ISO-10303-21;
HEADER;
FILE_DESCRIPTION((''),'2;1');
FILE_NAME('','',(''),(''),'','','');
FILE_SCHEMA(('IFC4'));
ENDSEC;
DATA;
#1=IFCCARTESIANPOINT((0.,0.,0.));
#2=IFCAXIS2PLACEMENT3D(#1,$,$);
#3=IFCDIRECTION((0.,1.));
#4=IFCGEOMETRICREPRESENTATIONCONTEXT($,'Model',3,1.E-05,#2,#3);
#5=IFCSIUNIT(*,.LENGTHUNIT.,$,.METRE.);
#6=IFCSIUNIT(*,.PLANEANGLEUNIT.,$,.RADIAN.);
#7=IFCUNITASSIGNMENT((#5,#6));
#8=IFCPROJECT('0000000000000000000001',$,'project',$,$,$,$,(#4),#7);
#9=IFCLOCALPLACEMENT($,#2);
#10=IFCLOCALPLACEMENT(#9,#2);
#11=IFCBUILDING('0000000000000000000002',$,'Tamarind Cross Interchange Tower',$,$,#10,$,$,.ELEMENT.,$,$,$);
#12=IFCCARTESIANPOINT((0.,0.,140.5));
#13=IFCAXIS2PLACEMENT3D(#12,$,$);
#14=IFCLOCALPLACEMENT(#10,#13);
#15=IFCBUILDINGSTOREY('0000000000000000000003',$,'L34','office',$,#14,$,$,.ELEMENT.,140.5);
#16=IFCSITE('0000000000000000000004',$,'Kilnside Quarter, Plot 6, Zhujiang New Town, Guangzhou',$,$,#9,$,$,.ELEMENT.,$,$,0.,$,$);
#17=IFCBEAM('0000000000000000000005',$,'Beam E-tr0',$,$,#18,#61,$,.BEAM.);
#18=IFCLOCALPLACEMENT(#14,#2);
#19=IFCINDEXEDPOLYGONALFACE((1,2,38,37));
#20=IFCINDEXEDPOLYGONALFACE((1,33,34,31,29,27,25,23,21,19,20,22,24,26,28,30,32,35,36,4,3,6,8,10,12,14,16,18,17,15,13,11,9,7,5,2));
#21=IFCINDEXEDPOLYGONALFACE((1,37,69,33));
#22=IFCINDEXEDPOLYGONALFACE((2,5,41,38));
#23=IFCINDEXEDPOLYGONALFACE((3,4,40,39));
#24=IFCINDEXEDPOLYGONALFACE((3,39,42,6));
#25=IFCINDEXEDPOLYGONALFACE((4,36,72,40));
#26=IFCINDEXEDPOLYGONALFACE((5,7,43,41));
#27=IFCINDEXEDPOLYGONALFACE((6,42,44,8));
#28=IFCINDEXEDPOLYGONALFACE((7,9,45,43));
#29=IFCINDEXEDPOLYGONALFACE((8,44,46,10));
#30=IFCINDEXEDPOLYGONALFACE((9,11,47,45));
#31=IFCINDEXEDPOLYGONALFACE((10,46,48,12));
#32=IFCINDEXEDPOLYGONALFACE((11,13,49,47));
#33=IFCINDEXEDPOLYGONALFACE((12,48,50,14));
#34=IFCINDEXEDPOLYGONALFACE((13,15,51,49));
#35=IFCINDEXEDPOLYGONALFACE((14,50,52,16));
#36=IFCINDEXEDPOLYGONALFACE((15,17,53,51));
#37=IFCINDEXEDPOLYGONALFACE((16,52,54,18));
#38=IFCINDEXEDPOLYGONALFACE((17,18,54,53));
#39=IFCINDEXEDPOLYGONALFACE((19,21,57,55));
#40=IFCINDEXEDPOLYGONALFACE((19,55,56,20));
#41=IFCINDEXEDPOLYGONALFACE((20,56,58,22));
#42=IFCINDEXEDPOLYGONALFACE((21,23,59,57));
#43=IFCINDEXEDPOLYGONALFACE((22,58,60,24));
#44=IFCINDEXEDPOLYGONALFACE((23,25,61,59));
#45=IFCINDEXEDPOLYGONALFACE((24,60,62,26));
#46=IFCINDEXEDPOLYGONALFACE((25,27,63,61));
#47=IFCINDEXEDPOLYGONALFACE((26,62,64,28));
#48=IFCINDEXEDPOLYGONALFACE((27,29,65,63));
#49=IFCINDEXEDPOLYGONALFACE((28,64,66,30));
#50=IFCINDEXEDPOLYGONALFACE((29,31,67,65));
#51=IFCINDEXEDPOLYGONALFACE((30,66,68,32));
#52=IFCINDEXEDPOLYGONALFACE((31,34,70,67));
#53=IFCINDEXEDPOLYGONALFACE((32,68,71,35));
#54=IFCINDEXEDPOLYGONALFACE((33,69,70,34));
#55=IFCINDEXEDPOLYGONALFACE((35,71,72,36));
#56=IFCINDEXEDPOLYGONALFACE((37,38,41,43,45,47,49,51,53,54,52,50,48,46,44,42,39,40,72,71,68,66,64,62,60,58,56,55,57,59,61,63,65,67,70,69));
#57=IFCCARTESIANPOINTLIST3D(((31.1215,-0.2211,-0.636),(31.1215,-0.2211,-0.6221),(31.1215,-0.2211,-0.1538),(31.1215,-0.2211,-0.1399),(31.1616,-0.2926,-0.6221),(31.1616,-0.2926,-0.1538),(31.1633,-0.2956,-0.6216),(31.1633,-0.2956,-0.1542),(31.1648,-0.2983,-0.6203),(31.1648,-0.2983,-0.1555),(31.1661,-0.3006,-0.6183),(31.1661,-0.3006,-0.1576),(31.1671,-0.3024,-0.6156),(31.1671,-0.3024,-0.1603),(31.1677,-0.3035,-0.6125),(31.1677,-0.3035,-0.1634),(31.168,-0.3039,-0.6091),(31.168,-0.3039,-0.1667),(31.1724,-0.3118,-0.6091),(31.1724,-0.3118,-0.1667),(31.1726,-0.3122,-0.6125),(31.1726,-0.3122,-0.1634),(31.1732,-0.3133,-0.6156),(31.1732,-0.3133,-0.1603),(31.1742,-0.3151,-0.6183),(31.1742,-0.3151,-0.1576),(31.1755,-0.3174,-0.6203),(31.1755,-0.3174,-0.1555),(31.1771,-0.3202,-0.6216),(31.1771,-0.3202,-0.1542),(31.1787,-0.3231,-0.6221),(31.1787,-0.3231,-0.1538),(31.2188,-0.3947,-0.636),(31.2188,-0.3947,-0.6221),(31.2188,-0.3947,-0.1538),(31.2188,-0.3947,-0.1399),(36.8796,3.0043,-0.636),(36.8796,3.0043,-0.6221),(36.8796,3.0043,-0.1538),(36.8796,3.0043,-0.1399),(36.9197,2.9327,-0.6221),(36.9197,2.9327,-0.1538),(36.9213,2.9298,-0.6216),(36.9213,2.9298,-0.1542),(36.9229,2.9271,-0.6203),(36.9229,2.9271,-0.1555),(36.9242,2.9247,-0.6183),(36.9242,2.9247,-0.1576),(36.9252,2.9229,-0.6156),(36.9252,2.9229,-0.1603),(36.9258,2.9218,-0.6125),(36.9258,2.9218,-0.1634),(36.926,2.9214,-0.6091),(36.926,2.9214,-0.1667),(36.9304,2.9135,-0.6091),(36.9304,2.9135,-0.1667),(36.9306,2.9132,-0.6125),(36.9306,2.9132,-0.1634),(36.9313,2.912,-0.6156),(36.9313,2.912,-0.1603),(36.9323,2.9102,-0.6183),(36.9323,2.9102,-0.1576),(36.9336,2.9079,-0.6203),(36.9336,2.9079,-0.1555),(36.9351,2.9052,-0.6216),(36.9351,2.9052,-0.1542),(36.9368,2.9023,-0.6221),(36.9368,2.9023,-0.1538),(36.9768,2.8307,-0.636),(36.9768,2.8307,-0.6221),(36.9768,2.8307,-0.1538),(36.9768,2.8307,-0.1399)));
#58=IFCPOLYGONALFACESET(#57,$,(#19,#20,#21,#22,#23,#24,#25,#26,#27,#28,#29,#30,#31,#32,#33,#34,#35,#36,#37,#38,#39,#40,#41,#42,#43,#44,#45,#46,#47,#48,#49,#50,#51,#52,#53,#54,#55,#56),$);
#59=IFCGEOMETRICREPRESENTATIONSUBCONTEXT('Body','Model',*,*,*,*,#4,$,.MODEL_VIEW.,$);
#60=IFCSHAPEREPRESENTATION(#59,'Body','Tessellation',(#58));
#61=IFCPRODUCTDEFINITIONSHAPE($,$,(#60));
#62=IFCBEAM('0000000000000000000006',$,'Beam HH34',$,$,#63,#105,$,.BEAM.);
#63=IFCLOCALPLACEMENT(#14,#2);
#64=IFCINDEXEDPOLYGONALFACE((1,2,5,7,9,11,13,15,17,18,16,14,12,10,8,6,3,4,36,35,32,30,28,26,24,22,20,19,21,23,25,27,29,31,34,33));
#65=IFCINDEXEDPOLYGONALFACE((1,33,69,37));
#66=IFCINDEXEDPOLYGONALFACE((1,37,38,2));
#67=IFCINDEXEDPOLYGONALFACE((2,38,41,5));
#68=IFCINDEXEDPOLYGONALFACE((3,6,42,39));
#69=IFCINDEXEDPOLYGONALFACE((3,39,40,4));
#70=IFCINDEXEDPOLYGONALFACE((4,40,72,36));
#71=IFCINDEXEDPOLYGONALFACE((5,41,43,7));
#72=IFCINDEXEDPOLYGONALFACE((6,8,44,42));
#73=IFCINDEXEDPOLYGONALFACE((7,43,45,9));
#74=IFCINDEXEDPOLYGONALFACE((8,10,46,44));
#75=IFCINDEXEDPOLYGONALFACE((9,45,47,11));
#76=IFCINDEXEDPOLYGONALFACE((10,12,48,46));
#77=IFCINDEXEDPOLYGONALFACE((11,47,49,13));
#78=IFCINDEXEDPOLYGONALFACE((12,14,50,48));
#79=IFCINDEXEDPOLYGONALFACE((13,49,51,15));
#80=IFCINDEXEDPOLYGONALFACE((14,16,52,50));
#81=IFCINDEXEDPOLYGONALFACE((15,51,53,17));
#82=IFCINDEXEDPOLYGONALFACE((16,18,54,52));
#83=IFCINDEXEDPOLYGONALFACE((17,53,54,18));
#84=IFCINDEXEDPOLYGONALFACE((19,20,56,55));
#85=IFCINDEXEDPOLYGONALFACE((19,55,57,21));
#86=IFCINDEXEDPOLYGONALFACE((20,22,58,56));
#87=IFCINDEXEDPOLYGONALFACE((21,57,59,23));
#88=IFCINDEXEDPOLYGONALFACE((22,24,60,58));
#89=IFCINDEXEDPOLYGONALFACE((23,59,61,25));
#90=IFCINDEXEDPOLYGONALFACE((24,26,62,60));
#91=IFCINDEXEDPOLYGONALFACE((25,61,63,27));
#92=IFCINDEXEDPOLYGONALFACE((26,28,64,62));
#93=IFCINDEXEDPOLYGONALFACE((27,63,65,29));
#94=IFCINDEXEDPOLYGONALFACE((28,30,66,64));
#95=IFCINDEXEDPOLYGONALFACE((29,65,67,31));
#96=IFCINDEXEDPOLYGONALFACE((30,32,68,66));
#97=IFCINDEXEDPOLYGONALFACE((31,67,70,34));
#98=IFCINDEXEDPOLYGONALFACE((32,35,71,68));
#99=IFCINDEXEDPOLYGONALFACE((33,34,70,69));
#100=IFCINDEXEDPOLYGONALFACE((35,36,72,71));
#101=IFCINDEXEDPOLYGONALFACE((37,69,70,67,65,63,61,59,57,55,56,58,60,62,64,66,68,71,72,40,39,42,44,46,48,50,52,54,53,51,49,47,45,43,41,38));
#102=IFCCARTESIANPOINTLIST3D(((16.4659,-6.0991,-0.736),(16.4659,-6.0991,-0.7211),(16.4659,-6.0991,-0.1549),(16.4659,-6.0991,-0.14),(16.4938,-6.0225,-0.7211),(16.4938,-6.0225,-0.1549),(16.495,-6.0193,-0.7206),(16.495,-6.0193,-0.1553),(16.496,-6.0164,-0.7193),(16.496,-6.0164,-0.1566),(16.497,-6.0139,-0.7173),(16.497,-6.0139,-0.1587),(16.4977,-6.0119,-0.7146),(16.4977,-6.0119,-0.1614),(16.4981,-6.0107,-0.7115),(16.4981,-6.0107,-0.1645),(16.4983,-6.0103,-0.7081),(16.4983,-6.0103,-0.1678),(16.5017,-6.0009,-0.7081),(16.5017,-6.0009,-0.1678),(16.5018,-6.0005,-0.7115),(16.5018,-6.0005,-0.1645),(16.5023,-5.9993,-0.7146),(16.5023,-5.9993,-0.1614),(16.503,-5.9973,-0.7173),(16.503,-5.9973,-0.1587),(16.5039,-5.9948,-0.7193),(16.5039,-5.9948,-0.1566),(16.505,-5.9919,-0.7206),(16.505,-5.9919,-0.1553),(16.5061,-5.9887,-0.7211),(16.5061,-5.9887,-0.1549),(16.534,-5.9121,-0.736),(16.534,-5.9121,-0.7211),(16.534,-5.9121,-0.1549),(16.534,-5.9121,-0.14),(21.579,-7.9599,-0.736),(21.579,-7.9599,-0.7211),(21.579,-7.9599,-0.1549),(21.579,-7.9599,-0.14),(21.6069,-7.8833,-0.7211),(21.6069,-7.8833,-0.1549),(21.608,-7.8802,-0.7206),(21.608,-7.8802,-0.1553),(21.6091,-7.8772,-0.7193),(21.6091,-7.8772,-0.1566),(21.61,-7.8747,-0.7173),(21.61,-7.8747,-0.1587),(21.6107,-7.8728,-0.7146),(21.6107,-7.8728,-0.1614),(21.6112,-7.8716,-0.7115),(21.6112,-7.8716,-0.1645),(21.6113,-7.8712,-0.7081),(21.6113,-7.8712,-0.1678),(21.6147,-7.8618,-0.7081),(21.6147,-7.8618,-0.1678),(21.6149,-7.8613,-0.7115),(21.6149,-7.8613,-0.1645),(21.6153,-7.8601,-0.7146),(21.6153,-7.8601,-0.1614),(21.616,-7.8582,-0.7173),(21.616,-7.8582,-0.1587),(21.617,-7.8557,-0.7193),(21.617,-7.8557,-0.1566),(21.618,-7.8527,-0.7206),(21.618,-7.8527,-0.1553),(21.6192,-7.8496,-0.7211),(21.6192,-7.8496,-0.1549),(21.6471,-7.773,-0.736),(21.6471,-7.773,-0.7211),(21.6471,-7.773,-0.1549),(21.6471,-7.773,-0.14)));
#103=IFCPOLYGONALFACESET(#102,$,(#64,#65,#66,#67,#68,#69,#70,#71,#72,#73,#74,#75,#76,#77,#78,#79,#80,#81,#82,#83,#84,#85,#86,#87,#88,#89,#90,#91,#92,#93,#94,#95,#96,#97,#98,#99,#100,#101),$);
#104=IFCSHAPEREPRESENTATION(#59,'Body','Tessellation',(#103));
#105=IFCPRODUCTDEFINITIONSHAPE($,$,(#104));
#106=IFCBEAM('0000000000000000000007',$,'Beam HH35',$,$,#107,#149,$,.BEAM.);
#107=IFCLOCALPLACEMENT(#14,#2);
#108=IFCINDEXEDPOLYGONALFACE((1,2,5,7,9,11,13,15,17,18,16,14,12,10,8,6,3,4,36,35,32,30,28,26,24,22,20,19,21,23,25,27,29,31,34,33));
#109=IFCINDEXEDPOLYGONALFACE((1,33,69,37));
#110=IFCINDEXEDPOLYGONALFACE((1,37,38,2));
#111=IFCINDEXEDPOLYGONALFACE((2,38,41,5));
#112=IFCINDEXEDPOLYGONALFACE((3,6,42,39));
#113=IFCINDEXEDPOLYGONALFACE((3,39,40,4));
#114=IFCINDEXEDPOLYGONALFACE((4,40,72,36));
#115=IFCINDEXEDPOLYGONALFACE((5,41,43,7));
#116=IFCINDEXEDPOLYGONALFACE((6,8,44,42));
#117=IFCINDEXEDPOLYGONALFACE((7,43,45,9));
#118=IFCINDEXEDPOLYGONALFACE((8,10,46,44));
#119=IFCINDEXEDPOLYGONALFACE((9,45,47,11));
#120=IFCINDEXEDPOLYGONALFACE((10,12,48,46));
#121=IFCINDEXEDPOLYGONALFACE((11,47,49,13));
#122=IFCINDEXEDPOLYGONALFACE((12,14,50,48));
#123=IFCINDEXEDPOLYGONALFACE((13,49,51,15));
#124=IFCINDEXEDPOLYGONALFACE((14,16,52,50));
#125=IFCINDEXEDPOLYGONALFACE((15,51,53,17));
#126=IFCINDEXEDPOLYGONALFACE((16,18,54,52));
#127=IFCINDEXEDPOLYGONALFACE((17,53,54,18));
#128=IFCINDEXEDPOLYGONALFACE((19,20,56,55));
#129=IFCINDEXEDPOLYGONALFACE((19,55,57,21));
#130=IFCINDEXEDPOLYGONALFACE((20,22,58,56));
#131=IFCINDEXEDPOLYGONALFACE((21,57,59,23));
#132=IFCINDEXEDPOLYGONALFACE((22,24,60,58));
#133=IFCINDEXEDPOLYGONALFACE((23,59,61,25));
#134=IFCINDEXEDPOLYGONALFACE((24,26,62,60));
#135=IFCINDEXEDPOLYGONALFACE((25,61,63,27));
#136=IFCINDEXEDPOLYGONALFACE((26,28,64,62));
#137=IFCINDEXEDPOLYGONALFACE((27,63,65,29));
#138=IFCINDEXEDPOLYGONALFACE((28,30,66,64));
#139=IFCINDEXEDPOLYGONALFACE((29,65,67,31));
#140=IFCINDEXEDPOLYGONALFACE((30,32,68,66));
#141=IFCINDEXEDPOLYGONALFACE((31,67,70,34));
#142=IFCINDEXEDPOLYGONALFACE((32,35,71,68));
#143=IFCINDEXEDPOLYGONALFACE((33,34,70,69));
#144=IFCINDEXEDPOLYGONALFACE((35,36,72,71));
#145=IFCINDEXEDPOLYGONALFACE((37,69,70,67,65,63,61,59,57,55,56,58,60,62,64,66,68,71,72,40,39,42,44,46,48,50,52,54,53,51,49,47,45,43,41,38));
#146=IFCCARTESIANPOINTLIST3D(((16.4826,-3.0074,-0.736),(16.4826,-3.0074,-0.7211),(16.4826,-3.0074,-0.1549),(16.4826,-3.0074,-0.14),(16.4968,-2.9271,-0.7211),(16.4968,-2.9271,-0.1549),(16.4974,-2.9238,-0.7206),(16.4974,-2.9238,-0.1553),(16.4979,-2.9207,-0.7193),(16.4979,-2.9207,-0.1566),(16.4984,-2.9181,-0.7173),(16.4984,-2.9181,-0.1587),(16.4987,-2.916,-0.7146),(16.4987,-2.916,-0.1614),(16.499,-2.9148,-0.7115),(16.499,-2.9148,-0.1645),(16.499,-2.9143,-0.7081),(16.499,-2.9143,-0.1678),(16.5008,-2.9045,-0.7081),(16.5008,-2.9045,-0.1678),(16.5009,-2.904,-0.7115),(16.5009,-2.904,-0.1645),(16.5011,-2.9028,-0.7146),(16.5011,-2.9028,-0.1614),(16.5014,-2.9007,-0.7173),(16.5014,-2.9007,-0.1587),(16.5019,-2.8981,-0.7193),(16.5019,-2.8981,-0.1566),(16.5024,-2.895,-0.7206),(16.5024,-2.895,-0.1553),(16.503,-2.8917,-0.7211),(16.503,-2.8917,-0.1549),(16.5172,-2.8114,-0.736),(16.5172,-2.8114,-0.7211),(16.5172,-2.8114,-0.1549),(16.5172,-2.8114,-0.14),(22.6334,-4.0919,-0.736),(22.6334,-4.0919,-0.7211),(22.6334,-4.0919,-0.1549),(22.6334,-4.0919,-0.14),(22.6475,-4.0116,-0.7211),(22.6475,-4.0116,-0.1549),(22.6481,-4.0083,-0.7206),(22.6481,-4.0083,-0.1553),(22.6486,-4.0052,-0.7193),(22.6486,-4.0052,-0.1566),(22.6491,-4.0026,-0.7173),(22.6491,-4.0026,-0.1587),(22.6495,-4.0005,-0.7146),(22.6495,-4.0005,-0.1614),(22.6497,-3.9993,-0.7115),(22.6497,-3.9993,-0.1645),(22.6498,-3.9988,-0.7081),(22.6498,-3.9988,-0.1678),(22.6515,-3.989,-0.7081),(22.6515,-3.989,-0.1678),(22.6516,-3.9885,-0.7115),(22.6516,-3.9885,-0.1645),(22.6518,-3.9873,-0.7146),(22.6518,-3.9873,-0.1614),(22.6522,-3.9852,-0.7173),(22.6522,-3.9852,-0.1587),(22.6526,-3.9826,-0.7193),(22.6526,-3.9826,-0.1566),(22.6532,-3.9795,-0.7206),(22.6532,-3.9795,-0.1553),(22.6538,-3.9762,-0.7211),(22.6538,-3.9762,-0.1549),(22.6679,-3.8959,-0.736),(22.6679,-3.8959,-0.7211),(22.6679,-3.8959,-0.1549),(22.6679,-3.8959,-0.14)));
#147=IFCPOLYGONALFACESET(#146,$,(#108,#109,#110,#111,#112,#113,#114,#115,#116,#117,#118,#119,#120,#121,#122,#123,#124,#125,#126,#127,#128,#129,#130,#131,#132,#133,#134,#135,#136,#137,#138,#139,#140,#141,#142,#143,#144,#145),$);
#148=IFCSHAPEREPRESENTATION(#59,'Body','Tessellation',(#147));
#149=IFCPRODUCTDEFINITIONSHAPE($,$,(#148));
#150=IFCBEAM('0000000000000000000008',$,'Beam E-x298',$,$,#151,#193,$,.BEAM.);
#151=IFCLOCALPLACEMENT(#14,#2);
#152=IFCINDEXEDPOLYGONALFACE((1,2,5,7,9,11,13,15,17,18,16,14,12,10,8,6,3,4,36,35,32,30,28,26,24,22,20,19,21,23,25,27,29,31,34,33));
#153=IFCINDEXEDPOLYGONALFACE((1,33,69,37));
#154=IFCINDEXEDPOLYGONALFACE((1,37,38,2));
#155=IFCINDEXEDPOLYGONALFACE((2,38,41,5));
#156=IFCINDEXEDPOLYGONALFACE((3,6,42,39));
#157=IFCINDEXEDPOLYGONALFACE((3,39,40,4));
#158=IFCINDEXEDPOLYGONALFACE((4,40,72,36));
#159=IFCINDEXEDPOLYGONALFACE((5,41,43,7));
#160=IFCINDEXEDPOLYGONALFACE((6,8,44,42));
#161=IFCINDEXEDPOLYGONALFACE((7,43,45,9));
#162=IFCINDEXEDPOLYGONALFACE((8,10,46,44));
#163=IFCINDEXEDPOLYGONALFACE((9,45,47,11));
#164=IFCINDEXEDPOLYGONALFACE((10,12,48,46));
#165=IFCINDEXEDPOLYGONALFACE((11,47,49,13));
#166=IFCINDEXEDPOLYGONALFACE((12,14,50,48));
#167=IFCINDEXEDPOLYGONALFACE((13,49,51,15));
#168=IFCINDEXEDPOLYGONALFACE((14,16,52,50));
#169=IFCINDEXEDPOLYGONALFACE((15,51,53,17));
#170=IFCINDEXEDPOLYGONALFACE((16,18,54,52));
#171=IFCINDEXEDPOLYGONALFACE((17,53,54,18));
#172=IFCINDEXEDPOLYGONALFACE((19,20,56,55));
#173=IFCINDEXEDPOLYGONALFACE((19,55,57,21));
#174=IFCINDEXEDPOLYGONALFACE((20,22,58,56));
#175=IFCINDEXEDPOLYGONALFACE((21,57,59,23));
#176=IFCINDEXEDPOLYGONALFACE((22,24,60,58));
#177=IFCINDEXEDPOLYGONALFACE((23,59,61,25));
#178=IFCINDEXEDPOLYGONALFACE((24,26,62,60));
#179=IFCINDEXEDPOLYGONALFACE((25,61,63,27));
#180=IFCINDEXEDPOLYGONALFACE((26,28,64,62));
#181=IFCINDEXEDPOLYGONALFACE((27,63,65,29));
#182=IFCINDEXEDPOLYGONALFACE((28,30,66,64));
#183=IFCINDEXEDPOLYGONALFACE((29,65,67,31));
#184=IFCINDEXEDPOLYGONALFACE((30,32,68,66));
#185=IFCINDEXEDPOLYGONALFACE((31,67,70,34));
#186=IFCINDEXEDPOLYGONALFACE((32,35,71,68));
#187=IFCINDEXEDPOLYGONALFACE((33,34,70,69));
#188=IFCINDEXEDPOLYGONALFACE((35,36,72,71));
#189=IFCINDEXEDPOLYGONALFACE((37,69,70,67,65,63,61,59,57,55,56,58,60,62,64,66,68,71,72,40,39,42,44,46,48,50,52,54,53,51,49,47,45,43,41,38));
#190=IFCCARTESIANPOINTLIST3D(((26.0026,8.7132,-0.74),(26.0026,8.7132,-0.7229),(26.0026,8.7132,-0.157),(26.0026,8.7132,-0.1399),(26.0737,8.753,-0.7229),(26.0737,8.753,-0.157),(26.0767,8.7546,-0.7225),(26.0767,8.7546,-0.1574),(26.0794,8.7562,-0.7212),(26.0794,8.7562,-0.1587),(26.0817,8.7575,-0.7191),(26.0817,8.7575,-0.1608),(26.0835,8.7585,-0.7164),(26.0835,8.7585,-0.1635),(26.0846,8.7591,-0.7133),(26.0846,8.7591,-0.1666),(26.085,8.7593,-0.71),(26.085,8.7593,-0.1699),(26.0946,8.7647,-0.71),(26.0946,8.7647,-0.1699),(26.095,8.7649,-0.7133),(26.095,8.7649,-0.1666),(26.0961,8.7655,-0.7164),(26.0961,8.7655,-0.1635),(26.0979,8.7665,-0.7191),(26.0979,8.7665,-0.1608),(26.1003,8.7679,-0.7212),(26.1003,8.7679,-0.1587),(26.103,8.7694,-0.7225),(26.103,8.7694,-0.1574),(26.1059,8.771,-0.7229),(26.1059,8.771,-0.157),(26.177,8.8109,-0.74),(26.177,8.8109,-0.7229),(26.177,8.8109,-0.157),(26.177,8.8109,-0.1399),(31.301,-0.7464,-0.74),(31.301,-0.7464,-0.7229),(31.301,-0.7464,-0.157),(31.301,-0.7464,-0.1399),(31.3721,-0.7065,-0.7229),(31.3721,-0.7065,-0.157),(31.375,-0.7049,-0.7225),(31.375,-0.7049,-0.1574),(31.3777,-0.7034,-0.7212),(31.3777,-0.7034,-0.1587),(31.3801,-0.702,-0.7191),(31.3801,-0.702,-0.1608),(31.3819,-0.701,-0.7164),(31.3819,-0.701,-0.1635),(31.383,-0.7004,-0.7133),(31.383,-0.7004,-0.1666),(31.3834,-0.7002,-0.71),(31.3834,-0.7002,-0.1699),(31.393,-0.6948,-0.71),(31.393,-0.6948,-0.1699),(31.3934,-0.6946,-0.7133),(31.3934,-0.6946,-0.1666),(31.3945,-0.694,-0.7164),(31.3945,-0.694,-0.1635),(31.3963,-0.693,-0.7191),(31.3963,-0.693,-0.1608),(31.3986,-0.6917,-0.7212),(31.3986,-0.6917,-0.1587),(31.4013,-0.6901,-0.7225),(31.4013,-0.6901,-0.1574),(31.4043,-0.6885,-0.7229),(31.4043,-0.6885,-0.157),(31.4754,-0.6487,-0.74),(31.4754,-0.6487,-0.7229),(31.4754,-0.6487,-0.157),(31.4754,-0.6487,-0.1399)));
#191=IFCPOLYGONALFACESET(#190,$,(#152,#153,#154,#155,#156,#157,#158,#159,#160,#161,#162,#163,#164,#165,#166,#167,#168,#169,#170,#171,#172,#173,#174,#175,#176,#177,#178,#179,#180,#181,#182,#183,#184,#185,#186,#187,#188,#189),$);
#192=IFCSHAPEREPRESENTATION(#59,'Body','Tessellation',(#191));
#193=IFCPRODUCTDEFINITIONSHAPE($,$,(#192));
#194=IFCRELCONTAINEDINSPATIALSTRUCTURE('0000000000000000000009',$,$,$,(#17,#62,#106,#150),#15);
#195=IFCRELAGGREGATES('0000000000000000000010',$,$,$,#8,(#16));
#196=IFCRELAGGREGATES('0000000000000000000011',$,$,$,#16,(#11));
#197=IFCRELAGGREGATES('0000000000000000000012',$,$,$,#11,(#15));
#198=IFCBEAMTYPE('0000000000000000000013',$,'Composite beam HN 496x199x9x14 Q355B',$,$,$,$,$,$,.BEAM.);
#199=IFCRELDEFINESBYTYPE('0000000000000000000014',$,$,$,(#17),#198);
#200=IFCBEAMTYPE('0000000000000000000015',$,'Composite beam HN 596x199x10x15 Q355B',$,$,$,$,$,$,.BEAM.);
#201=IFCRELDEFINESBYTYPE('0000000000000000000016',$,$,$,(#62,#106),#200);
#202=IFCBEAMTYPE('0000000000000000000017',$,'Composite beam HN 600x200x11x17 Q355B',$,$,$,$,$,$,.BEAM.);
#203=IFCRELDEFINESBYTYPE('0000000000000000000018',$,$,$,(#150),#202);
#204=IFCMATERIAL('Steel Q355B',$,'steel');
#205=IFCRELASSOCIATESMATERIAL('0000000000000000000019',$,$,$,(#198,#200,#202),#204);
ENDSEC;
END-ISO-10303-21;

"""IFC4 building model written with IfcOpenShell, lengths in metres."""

from ifc_helpers import new_model, si_unit, direction, frame, origin, origin_2d, place, context, subcontext, project, spatial, i_section, extrude, material, material_profile, profile_set, type_object, element, save


model = new_model("IFC4")

# Units and contexts
model_context = context("Model", 3, precision=1e-05, world=origin(), true_north=direction((0.0, 1.0)))
body_context = subcontext(model_context, "Body", "Model", "MODEL_VIEW")
ifc_project = project(units=[si_unit("LENGTHUNIT", "METRE"), si_unit("PLANEANGLEUNIT", "RADIAN")], contexts=[model_context])

# Site, building, storey
site_placement = place(None, origin())
site = spatial("IfcSite", under=ifc_project, at=site_placement, Name="Kilnside Quarter, Plot 6, Zhujiang New Town, Guangzhou", CompositionType="ELEMENT", RefElevation=0.0)
building_placement = place(site_placement, origin())
building = spatial("IfcBuilding", under=site, at=building_placement, Name="Tamarind Cross Interchange Tower", CompositionType="ELEMENT")
storey_placement = place(building_placement, frame((0.0, 0.0, 140.5)))
storey = spatial("IfcBuildingStorey", under=building, at=storey_placement, Name="L34", Description="office", CompositionType="ELEMENT", Elevation=140.5)

# Beams
ifc_material_1 = material(Name="Steel Q355B", Category="steel")
ifc_material_profile_1 = material_profile(ifc_material_1, i_section(OverallWidth=0.199, OverallDepth=0.4961, WebThickness=0.009, FlangeThickness=0.0139, FilletRadius=0.0129, at=origin_2d()), Name="HN 496x199x9x14")
ifc_profile_set_1 = profile_set([ifc_material_profile_1], Name="Steel Q355B")
beam_type_1 = type_object("IfcBeamType", Name="Composite beam HN 496x199x9x14 Q355B", PredefinedType="BEAM", material=ifc_profile_set_1)
beam_1_placement = place(storey_placement, frame((31.1702, -0.3079, -0.3879), z_axis=(0.872452, 0.488699, 0.0), x_axis=(-0.488699, 0.872452, 0.0)))
element("IfcBeam", 1, at=beam_1_placement, inside=storey, type_object=beam_type_1, Name="Beam E-tr0", PredefinedType="BEAM", context=body_context, shape_type="SweptSolid", body=[
    extrude(i_section(OverallWidth=0.199, OverallDepth=0.4961, WebThickness=0.009, FlangeThickness=0.0139, FilletRadius=0.0129, at=origin_2d()), origin(), (0.0, 0.0, 1.0), 6.5999),
])
ifc_material_profile_2 = material_profile(ifc_material_1, i_section(OverallWidth=0.199, OverallDepth=0.5959, WebThickness=0.01, FlangeThickness=0.0149, FilletRadius=0.0129, at=origin_2d()), Name="HN 596x199x10x15")
ifc_profile_set_2 = profile_set([ifc_material_profile_2], Name="Steel Q355B")
beam_type_2 = type_object("IfcBeamType", Name="Composite beam HN 596x199x10x15 Q355B", PredefinedType="BEAM", material=ifc_profile_set_2)
beam_2_placement = place(storey_placement, frame((21.613, -7.8665, -0.438), z_axis=(-0.939702, 0.341995, 0.0), x_axis=(-0.341995, -0.939702, 0.0)))
element("IfcBeam", 2, at=beam_2_placement, inside=storey, type_object=beam_type_2, Name="Beam HH34", PredefinedType="BEAM", context=body_context, shape_type="SweptSolid", body=[
    extrude(i_section(OverallWidth=0.199, OverallDepth=0.5959, WebThickness=0.01, FlangeThickness=0.0149, FilletRadius=0.0129, at=origin_2d()), origin(), (0.0, 0.0, 1.0), 5.4412),
])
beam_3_placement = place(storey_placement, frame((22.6506, -3.9939, -0.438), z_axis=(-0.984809, 0.17364, 0.0), x_axis=(-0.17364, -0.984809, 0.0)))
element("IfcBeam", 3, at=beam_3_placement, inside=storey, type_object=beam_type_2, Name="Beam HH35", PredefinedType="BEAM", context=body_context, shape_type="SweptSolid", body=[
    extrude(i_section(OverallWidth=0.199, OverallDepth=0.5959, WebThickness=0.01, FlangeThickness=0.0149, FilletRadius=0.0129, at=origin_2d()), origin(), (0.0, 0.0, 1.0), 6.2456),
])
ifc_material_profile_3 = material_profile(ifc_material_1, i_section(OverallWidth=0.2, OverallDepth=0.6001, WebThickness=0.011, FlangeThickness=0.0171, FilletRadius=0.0129, at=origin_2d()), Name="HN 600x200x11x17")
ifc_profile_set_3 = profile_set([ifc_material_profile_3], Name="Steel Q355B")
beam_type_3 = type_object("IfcBeamType", Name="Composite beam HN 600x200x11x17 Q355B", PredefinedType="BEAM", material=ifc_profile_set_3)
beam_4_placement = place(storey_placement, frame((31.3882, -0.6975, -0.4399), z_axis=(-0.488676, 0.872465, 0.0), x_axis=(-0.872465, -0.488676, 0.0)))
element("IfcBeam", 4, at=beam_4_placement, inside=storey, type_object=beam_type_3, Name="Beam E-x298", PredefinedType="BEAM", context=body_context, shape_type="SweptSolid", body=[
    extrude(i_section(OverallWidth=0.2, OverallDepth=0.6001, WebThickness=0.011, FlangeThickness=0.0171, FilletRadius=0.0129, at=origin_2d()), origin(), (0.0, 0.0, 1.0), 10.8423),
])

save(model, "model.ifc")
